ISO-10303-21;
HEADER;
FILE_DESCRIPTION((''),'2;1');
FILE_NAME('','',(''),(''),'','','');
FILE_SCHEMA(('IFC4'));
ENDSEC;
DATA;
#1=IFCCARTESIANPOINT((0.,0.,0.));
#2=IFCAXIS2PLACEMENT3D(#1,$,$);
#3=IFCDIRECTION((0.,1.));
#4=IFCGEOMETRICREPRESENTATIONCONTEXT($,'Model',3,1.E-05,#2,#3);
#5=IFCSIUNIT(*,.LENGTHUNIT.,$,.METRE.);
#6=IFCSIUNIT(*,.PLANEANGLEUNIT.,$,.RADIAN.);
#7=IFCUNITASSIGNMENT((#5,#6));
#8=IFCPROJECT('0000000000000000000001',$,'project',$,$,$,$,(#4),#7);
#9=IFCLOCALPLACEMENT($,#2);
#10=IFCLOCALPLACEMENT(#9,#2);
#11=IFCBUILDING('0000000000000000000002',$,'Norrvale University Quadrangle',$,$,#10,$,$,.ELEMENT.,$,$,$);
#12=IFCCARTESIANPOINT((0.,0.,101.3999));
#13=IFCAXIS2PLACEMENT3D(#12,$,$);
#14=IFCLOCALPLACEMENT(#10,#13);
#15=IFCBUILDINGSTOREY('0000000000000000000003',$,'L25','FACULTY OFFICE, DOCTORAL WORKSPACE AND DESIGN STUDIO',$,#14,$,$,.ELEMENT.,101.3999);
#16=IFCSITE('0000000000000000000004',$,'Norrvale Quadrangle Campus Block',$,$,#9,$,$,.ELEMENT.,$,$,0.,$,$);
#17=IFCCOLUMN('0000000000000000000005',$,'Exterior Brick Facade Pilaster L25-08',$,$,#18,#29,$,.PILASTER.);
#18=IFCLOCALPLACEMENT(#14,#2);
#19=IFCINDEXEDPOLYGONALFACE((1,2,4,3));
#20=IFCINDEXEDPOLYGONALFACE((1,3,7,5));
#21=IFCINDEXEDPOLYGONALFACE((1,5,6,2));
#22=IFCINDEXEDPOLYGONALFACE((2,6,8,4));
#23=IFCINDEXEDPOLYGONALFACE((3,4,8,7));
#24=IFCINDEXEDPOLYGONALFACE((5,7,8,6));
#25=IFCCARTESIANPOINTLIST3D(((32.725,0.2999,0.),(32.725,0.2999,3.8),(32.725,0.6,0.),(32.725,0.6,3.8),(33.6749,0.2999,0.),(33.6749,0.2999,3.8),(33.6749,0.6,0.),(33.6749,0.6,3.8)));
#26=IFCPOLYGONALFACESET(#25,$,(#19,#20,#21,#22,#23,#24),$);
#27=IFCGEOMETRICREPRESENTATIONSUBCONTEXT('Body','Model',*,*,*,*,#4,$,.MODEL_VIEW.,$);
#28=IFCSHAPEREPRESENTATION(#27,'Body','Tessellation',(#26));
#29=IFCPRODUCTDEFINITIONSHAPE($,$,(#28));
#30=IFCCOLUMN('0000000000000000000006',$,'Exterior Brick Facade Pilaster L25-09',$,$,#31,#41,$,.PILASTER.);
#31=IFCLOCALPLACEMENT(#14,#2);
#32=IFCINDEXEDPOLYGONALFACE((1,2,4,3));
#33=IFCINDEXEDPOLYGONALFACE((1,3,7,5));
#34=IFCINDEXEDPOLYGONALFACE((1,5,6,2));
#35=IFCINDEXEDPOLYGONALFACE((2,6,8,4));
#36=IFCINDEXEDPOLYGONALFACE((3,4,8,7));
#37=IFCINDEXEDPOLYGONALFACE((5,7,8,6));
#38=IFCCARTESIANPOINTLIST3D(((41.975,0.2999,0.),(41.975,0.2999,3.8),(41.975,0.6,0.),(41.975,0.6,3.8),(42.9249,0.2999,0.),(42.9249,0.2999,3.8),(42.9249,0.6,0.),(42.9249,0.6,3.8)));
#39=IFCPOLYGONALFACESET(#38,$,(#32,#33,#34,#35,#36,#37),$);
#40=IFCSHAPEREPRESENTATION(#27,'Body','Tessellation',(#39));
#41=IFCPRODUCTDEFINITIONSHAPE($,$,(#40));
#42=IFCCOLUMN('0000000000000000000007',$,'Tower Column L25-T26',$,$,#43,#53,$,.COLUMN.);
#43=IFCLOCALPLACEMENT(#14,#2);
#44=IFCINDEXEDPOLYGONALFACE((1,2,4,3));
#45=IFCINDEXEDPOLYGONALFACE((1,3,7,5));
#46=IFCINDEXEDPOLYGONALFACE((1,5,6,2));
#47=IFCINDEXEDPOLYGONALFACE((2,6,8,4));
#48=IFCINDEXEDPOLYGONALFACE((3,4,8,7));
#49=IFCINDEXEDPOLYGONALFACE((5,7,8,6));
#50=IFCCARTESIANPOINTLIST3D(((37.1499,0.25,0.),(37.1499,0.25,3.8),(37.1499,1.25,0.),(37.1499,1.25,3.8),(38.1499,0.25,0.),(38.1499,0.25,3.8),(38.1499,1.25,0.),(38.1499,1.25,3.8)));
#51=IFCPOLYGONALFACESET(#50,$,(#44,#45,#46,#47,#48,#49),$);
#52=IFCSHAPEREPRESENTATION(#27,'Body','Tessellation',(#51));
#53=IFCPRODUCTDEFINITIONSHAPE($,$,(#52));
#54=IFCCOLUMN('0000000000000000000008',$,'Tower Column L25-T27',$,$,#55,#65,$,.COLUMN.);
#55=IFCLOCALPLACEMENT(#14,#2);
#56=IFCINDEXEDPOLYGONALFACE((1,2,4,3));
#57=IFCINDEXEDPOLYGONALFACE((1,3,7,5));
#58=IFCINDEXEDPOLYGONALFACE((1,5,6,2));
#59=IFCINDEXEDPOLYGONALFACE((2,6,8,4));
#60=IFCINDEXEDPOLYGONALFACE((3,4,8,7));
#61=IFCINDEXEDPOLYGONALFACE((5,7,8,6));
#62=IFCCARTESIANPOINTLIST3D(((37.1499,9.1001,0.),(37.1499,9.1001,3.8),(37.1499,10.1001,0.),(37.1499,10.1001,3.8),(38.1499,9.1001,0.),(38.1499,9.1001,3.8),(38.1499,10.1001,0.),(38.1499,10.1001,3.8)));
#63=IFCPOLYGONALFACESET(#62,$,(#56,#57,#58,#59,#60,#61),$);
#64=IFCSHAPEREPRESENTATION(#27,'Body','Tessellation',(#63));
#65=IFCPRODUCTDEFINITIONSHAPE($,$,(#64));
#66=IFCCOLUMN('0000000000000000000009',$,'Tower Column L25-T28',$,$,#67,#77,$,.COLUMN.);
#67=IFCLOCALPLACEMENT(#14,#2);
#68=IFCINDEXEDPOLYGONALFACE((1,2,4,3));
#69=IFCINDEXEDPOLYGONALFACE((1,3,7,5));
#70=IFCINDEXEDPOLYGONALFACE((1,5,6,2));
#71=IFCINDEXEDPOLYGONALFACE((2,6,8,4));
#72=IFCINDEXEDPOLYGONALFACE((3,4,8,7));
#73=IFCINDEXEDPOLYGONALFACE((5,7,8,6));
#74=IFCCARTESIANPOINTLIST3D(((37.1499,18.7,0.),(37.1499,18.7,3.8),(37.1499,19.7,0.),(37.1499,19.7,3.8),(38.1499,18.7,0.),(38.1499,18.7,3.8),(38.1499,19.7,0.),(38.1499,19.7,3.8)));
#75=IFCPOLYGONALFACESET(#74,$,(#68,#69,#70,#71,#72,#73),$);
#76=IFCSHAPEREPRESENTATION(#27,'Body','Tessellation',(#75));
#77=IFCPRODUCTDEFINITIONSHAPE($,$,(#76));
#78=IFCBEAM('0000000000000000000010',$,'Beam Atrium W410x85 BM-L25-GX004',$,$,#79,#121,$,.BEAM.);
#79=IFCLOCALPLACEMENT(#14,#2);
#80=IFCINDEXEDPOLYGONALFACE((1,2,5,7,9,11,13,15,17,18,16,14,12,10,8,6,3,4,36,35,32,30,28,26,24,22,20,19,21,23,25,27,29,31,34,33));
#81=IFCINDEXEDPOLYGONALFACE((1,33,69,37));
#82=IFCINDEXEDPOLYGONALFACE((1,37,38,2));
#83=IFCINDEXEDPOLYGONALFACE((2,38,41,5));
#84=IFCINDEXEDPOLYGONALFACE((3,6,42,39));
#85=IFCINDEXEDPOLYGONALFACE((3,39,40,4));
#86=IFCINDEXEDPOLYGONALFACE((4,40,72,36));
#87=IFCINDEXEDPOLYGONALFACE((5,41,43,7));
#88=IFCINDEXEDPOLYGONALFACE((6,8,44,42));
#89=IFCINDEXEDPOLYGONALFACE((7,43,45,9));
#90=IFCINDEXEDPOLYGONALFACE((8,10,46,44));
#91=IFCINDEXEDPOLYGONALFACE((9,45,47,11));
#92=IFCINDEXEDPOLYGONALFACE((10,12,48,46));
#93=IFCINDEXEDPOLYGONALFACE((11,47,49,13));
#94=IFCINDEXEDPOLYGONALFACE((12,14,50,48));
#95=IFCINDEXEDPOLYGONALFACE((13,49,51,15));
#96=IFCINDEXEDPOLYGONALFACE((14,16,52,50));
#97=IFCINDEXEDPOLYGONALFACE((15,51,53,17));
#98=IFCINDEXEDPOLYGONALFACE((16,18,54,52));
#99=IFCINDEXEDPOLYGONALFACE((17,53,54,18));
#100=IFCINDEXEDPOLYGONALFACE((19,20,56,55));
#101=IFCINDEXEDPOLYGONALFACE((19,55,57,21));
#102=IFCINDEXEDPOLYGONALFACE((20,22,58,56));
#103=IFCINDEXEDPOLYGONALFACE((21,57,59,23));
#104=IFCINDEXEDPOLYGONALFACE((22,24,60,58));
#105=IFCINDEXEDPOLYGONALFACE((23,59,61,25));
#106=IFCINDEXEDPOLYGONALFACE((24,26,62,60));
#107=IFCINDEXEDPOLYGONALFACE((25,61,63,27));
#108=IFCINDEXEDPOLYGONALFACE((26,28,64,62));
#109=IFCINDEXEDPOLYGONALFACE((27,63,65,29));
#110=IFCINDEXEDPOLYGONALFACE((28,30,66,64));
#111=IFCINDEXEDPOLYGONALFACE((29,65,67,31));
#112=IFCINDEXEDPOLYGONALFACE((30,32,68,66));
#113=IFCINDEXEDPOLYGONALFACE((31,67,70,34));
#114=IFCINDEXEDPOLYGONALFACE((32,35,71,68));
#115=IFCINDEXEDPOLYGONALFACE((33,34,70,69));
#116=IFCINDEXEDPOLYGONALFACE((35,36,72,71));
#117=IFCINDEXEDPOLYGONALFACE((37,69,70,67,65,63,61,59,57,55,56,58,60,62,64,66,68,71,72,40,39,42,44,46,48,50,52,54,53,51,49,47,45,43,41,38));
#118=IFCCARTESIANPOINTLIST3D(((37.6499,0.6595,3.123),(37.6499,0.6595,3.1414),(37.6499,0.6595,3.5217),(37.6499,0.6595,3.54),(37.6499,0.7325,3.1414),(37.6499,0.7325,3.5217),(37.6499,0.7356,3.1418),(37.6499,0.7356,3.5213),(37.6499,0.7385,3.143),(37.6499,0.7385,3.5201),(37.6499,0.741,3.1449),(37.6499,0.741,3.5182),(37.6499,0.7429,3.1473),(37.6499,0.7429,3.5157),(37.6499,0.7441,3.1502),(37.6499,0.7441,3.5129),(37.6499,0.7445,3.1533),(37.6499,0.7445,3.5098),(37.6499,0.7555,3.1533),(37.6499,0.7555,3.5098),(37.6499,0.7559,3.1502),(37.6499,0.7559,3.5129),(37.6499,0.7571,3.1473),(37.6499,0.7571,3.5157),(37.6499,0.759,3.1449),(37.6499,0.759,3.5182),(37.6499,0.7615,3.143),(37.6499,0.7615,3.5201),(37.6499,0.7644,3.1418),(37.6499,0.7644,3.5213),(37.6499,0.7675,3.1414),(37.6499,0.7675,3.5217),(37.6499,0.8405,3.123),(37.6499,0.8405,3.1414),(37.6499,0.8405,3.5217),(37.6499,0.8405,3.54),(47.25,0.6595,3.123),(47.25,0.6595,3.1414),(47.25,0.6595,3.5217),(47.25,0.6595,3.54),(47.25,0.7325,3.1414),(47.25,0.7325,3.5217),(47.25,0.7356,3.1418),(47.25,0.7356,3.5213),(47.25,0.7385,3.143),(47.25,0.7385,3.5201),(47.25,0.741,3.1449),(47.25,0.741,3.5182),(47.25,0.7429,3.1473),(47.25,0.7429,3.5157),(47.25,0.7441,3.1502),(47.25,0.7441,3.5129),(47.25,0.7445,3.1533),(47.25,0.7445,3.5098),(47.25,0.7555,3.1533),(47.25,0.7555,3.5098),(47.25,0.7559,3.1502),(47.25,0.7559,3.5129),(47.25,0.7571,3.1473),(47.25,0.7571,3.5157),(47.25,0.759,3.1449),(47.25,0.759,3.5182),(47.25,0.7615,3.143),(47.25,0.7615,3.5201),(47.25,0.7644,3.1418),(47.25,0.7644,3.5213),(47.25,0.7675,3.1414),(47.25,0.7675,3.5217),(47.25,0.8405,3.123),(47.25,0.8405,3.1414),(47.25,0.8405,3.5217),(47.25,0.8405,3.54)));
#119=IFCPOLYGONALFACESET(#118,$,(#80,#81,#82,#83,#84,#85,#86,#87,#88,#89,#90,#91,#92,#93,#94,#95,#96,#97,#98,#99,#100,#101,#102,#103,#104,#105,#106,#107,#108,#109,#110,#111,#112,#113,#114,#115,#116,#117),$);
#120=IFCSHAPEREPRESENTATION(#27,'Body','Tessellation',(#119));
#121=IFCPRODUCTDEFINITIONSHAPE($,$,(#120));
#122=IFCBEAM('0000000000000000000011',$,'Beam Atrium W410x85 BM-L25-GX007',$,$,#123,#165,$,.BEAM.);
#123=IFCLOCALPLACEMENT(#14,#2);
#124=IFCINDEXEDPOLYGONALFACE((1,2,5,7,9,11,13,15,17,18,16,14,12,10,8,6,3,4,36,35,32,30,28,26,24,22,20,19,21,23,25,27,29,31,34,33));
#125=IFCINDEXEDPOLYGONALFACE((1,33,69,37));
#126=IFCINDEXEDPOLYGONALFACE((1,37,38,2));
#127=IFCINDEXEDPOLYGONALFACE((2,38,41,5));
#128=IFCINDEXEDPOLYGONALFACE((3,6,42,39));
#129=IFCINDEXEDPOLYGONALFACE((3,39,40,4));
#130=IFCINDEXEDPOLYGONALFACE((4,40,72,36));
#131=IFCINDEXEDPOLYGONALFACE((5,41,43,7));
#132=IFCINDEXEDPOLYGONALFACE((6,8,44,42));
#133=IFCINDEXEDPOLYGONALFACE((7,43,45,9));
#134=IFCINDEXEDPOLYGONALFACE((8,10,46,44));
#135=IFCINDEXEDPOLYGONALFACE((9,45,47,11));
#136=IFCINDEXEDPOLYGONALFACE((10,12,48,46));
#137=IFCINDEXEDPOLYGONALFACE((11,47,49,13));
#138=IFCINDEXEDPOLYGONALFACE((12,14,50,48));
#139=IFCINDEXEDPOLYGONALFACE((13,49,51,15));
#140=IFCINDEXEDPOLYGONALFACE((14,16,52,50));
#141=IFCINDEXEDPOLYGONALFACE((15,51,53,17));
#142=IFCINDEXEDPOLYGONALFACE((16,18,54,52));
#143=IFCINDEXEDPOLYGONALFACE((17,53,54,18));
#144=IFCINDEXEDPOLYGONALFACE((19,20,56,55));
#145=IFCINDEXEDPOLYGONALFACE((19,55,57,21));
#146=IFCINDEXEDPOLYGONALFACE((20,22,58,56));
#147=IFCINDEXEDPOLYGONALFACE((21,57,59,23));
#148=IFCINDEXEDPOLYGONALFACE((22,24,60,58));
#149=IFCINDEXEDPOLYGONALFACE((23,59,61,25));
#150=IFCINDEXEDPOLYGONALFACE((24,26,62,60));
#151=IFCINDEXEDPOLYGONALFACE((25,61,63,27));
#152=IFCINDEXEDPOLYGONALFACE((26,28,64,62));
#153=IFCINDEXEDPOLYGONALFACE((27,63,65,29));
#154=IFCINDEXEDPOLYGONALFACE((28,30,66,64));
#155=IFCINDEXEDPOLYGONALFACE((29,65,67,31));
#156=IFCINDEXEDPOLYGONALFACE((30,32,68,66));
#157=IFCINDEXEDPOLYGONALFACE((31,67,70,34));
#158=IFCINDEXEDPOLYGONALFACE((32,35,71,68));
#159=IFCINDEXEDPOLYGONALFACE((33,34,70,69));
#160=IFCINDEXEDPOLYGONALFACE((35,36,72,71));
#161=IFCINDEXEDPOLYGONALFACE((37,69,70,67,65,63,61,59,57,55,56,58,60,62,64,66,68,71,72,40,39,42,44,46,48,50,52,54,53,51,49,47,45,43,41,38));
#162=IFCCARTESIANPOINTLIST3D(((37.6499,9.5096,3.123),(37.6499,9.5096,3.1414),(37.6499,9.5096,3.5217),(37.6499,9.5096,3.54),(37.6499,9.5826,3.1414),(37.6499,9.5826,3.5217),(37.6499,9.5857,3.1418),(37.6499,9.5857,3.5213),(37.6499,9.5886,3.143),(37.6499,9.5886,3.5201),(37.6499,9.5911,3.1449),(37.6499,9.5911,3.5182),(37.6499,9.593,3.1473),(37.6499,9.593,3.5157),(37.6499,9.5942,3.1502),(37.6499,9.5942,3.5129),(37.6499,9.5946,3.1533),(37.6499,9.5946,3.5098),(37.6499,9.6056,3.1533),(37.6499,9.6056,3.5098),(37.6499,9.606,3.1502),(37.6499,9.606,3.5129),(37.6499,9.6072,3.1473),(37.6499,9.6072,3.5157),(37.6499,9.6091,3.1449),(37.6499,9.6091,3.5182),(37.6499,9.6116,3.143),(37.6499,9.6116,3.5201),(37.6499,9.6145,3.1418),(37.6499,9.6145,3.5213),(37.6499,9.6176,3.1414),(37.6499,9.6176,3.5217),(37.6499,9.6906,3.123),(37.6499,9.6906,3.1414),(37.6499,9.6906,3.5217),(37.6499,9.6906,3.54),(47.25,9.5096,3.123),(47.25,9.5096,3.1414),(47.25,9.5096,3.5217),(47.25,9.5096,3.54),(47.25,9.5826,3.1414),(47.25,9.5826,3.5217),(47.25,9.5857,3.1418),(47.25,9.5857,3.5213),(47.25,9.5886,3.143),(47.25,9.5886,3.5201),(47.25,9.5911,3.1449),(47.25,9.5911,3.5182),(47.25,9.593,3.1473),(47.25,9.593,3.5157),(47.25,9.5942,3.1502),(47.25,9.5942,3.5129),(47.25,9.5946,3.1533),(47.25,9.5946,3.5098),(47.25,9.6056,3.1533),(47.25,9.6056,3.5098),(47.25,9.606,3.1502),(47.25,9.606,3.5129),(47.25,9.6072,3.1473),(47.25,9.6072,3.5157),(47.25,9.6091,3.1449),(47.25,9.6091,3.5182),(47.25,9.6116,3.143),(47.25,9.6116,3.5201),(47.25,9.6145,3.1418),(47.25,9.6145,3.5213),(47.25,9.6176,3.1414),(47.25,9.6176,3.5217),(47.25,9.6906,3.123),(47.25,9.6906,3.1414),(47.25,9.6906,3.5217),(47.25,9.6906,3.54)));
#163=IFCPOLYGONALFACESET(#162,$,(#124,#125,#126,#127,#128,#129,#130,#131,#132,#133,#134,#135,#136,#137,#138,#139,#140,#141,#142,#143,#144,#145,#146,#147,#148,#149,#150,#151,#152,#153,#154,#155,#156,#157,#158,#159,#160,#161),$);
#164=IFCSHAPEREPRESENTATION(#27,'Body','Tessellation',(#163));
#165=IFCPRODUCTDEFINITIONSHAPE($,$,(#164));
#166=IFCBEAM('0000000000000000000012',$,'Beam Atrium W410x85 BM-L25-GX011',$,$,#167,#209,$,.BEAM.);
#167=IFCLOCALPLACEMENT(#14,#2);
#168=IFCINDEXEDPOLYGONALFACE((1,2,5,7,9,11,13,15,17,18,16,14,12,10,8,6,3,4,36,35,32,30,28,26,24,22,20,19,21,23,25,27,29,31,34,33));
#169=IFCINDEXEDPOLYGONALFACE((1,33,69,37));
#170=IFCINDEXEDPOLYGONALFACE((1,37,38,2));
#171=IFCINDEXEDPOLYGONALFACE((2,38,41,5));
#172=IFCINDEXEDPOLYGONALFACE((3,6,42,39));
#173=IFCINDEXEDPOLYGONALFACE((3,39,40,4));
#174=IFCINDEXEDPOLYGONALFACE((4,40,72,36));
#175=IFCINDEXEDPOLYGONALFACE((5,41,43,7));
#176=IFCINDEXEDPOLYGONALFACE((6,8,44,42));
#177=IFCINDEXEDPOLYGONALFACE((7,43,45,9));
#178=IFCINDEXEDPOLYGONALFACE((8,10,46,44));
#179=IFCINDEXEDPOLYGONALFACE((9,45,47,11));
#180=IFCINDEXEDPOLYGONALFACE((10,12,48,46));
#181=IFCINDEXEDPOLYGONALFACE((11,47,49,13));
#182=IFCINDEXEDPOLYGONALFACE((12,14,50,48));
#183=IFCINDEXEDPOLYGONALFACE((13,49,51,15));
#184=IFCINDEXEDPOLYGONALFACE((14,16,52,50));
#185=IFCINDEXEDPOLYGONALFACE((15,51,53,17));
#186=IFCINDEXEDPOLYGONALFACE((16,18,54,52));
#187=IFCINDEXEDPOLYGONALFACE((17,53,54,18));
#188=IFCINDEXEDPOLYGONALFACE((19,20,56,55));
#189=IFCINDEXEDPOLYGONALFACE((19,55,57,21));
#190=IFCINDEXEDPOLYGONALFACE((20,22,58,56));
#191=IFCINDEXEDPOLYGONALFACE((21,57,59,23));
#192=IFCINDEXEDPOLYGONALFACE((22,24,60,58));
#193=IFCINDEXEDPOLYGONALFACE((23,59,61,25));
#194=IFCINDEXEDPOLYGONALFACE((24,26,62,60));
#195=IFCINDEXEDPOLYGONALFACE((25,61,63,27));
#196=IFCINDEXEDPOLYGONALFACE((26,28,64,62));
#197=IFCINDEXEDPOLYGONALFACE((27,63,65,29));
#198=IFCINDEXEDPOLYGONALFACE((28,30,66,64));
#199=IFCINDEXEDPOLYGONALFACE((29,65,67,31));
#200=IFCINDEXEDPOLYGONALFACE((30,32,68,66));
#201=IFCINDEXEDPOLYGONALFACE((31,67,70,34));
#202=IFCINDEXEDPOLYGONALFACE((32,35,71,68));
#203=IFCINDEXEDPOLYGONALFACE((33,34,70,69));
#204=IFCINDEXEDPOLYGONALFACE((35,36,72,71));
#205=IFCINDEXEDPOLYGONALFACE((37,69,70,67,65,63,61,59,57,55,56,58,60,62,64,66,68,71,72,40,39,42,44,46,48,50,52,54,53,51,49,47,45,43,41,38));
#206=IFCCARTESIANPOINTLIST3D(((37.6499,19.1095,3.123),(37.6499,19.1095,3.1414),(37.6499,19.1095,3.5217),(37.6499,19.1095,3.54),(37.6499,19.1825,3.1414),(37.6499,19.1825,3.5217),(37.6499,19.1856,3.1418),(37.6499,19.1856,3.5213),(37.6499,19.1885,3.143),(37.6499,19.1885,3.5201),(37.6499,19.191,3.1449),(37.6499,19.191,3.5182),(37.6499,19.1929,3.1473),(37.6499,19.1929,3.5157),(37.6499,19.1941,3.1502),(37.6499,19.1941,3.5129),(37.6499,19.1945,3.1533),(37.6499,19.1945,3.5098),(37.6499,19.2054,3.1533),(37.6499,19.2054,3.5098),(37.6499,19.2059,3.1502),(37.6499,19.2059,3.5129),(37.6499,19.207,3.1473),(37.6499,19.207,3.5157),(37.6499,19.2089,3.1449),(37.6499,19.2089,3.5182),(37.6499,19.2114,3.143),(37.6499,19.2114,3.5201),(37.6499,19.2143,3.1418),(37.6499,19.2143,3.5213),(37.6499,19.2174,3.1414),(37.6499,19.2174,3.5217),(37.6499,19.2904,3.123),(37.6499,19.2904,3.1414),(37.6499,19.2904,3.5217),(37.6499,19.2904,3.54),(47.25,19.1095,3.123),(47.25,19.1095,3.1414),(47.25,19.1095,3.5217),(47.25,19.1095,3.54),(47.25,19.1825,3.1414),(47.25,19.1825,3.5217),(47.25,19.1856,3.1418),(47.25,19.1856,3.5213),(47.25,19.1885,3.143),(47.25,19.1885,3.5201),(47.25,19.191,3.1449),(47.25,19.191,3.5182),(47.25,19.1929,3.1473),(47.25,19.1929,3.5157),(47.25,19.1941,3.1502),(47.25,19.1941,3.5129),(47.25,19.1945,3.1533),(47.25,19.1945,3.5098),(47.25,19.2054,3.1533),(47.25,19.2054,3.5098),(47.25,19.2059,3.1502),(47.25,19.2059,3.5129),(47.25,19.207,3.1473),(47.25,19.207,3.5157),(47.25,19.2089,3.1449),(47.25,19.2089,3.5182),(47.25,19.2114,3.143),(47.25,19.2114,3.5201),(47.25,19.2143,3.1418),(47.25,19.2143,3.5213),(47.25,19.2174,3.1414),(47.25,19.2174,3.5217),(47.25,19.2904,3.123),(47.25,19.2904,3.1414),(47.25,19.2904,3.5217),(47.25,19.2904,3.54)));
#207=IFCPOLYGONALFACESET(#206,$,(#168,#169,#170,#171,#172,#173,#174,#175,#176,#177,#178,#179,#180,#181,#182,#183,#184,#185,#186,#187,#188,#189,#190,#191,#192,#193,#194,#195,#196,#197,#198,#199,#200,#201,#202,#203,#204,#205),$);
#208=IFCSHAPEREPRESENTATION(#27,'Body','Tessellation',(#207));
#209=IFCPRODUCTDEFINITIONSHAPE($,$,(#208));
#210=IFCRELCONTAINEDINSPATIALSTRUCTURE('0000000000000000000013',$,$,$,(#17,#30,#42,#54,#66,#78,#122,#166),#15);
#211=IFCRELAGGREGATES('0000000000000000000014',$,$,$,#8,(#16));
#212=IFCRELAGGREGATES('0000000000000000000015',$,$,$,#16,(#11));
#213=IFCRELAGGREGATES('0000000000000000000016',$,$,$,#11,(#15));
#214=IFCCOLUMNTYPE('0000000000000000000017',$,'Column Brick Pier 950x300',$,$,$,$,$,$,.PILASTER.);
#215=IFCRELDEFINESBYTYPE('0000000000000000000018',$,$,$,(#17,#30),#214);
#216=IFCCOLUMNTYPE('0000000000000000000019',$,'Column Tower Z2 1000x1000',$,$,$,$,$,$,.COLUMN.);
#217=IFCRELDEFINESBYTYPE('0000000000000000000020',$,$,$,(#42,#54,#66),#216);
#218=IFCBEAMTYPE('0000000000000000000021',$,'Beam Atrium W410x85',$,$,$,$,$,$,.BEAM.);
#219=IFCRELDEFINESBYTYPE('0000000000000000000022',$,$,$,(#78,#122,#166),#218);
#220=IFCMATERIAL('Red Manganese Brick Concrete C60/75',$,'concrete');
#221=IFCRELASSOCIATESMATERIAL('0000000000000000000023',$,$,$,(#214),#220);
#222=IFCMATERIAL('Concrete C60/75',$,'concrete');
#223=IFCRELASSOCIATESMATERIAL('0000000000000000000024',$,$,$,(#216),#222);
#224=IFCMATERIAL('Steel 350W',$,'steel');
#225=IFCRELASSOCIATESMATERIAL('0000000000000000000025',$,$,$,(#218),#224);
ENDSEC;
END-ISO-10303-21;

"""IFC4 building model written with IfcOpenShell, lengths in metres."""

from ifc_helpers import new_model, si_unit, direction, frame, origin, origin_2d, place, context, subcontext, project, spatial, rectangle, i_section, extrude, material, material_profile, profile_set, type_object, element, save


model = new_model("IFC4")

# Units and contexts
model_context = context("Model", 3, precision=1e-05, world=origin(), true_north=direction((0.0, 1.0)))
body_context = subcontext(model_context, "Body", "Model", "MODEL_VIEW")
ifc_project = project(units=[si_unit("LENGTHUNIT", "METRE"), si_unit("PLANEANGLEUNIT", "RADIAN")], contexts=[model_context])

# Site, building, storey
site_placement = place(None, origin())
site = spatial("IfcSite", under=ifc_project, at=site_placement, Name="Norrvale Quadrangle Campus Block", CompositionType="ELEMENT", RefElevation=0.0)
building_placement = place(site_placement, origin())
building = spatial("IfcBuilding", under=site, at=building_placement, Name="Norrvale University Quadrangle", CompositionType="ELEMENT")
storey_placement = place(building_placement, frame((0.0, 0.0, 101.3999)))
storey = spatial("IfcBuildingStorey", under=building, at=storey_placement, Name="L25", Description="FACULTY OFFICE, DOCTORAL WORKSPACE AND DESIGN STUDIO", CompositionType="ELEMENT", Elevation=101.3999)

# Columns
ifc_material_1 = material(Name="Red Manganese Brick Concrete C60/75", Category="concrete")
ifc_material_profile_1 = material_profile(ifc_material_1, rectangle(XDim=0.95, YDim=0.3, at=origin_2d()), Name="Red Manganese Brick Concrete C60/75")
ifc_profile_set_1 = profile_set([ifc_material_profile_1], Name="Red Manganese Brick Concrete C60/75")
column_type_1 = type_object("IfcColumnType", Name="Column Brick Pier 950x300", PredefinedType="PILASTER", material=ifc_profile_set_1)
for number, where, z_axis, x_axis, name in (
    (1, (33.2, 0.45, 0.0), (0.0, 0.0, 1.0), (1.0, 0.0, 0.0), "Exterior Brick Facade Pilaster L25-08"),
    (2, (42.45, 0.45, 0.0), (0.0, 0.0, 1.0), (1.0, 0.0, 0.0), "Exterior Brick Facade Pilaster L25-09"),
):
    element("IfcColumn", number, at=place(storey_placement, frame(where, z_axis=z_axis, x_axis=x_axis)), inside=storey, type_object=column_type_1, Name=name, PredefinedType="PILASTER", context=body_context, shape_type="SweptSolid", body=[
        extrude(rectangle(XDim=0.95, YDim=0.3, at=origin_2d()), origin(), (0.0, 0.0, 1.0), 3.8),
    ])
ifc_material_2 = material(Name="Concrete C60/75", Category="concrete")
ifc_material_profile_2 = material_profile(ifc_material_2, rectangle(XDim=1.0, YDim=1.0, at=origin_2d()), Name="Concrete C60/75")
ifc_profile_set_2 = profile_set([ifc_material_profile_2], Name="Concrete C60/75")
column_type_2 = type_object("IfcColumnType", Name="Column Tower Z2 1000x1000", PredefinedType="COLUMN", material=ifc_profile_set_2)
for number, where, z_axis, x_axis, name in (
    (3, (37.6499, 0.75, 0.0), (0.0, 0.0, 1.0), (1.0, 0.0, 0.0), "Tower Column L25-T26"),
    (4, (37.6499, 9.6001, 0.0), (0.0, 0.0, 1.0), (1.0, 0.0, 0.0), "Tower Column L25-T27"),
    (5, (37.6499, 19.2, 0.0), (0.0, 0.0, 1.0), (1.0, 0.0, 0.0), "Tower Column L25-T28"),
):
    element("IfcColumn", number, at=place(storey_placement, frame(where, z_axis=z_axis, x_axis=x_axis)), inside=storey, type_object=column_type_2, Name=name, PredefinedType="COLUMN", context=body_context, shape_type="SweptSolid", body=[
        extrude(rectangle(XDim=1.0, YDim=1.0, at=origin_2d()), origin(), (0.0, 0.0, 1.0), 3.8),
    ])

# Beams
ifc_material_3 = material(Name="Steel 350W", Category="steel")
ifc_material_profile_3 = material_profile(ifc_material_3, i_section(OverallWidth=0.1809, OverallDepth=0.417, WebThickness=0.011, FlangeThickness=0.0183, FilletRadius=0.012, at=origin_2d()), Name="Steel 350W")
ifc_profile_set_3 = profile_set([ifc_material_profile_3], Name="Steel 350W")
beam_type_1 = type_object("IfcBeamType", Name="Beam Atrium W410x85", PredefinedType="BEAM", material=ifc_profile_set_3)
for number, where, z_axis, x_axis, name in (
    (6, (37.6499, 0.75, 3.3315), (1.0, 0.0, 0.0), (0.0, 1.0, 0.0), "Beam Atrium W410x85 BM-L25-GX004"),
    (7, (37.6499, 9.6001, 3.3315), (1.0, 0.0, 0.0), (0.0, 1.0, 0.0), "Beam Atrium W410x85 BM-L25-GX007"),
    (8, (37.6499, 19.2, 3.3315), (1.0, 0.0, 0.0), (0.0, 1.0, 0.0), "Beam Atrium W410x85 BM-L25-GX011"),
):
    element("IfcBeam", number, at=place(storey_placement, frame(where, z_axis=z_axis, x_axis=x_axis)), inside=storey, type_object=beam_type_1, Name=name, PredefinedType="BEAM", context=body_context, shape_type="SweptSolid", body=[
        extrude(i_section(OverallWidth=0.1809, OverallDepth=0.417, WebThickness=0.011, FlangeThickness=0.0183, FilletRadius=0.012, at=origin_2d()), origin(), (0.0, 0.0, 1.0), 9.6001),
    ])

save(model, "model.ifc")
